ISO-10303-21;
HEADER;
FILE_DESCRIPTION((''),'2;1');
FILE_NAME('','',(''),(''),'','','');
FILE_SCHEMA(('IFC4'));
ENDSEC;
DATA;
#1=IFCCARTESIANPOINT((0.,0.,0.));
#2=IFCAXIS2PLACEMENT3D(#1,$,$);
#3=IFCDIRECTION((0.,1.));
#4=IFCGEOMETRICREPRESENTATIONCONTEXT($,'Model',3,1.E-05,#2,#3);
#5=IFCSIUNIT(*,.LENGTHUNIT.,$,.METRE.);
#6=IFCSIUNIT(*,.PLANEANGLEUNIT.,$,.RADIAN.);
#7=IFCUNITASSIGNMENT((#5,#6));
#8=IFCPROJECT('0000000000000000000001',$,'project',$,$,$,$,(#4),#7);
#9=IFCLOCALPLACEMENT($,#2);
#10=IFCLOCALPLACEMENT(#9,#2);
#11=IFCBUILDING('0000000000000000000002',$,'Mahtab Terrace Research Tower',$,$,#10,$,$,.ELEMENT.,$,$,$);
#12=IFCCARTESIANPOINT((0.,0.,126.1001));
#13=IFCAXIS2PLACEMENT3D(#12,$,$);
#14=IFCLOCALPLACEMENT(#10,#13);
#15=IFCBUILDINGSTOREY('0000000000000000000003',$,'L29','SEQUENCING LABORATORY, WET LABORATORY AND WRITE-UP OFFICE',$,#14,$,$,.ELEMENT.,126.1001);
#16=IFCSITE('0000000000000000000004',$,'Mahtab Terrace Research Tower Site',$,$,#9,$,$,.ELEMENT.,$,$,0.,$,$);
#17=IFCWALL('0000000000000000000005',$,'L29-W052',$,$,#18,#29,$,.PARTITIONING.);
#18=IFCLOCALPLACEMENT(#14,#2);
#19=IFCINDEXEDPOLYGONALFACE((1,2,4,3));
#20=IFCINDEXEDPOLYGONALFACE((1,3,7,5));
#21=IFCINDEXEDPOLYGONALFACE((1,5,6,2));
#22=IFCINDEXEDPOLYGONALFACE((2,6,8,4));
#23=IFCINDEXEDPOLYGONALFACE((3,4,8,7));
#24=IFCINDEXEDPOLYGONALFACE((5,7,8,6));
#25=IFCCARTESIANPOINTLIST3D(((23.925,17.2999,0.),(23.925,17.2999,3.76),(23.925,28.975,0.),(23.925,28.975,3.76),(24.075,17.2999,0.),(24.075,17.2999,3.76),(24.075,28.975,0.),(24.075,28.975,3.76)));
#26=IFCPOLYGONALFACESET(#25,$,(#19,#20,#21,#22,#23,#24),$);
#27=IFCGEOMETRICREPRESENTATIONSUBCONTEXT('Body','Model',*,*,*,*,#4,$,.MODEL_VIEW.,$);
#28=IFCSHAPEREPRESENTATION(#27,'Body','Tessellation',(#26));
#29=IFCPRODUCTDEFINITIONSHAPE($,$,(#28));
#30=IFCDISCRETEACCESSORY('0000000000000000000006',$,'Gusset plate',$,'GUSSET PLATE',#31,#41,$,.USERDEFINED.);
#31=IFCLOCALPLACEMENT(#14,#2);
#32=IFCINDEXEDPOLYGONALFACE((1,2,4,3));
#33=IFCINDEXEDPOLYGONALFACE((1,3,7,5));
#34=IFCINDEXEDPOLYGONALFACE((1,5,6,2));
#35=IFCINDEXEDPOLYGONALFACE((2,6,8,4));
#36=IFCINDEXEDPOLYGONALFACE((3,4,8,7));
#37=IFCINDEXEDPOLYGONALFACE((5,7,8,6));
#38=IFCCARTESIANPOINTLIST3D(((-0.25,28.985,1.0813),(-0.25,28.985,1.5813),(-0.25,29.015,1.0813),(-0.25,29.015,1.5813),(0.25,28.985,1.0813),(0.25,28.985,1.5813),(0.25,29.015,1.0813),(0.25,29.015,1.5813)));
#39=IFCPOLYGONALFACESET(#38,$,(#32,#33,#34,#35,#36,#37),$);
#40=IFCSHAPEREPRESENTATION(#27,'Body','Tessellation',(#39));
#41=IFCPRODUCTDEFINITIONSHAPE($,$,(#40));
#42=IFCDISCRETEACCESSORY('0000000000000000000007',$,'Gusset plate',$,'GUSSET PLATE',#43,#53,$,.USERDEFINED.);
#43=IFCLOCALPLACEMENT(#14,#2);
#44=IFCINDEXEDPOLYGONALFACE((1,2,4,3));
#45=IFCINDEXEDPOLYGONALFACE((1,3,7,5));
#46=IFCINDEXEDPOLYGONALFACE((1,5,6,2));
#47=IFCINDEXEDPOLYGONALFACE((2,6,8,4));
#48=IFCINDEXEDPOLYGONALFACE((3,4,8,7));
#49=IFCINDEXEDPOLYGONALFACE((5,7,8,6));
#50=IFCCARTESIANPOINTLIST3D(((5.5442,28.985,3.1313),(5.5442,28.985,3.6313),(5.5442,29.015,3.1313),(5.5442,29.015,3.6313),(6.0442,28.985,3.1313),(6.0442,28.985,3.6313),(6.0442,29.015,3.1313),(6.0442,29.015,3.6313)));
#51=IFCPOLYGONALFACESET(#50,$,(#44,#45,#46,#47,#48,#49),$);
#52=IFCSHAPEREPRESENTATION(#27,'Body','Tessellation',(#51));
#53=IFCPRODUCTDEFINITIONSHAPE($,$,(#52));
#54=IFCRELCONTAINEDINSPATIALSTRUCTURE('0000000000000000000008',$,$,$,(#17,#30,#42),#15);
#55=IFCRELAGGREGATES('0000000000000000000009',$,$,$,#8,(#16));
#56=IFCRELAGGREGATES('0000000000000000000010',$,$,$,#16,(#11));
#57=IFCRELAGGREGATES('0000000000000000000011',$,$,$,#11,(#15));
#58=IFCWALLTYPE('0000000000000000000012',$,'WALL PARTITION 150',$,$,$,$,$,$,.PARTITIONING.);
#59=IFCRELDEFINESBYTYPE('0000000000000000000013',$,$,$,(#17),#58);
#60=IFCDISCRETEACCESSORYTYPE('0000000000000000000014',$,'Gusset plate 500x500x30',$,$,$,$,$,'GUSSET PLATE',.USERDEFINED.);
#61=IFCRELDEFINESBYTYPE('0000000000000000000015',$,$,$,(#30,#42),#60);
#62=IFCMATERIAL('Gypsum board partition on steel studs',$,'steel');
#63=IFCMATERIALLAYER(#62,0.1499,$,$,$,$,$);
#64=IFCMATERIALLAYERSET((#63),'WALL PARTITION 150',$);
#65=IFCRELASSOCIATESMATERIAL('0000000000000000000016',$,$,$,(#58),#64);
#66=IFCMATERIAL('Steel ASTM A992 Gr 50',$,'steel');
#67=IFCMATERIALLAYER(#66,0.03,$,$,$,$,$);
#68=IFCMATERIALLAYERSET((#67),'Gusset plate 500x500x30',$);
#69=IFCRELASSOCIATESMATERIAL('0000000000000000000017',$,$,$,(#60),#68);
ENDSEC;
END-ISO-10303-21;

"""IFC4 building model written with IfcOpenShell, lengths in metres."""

from ifc_helpers import new_model, si_unit, direction, frame, frame_2d, origin, origin_2d, place, context, subcontext, project, spatial, rectangle, extrude, material, layer, layer_set, type_object, element, save


model = new_model("IFC4")

# Units and contexts
model_context = context("Model", 3, precision=1e-05, world=origin(), true_north=direction((0.0, 1.0)))
body_context = subcontext(model_context, "Body", "Model", "MODEL_VIEW")
ifc_project = project(units=[si_unit("LENGTHUNIT", "METRE"), si_unit("PLANEANGLEUNIT", "RADIAN")], contexts=[model_context])

# Site, building, storey
site_placement = place(None, origin())
site = spatial("IfcSite", under=ifc_project, at=site_placement, Name="Mahtab Terrace Research Tower Site", CompositionType="ELEMENT", RefElevation=0.0)
building_placement = place(site_placement, origin())
building = spatial("IfcBuilding", under=site, at=building_placement, Name="Mahtab Terrace Research Tower", CompositionType="ELEMENT")
storey_placement = place(building_placement, frame((0.0, 0.0, 126.1001)))
storey = spatial("IfcBuildingStorey", under=building, at=storey_placement, Name="L29", Description="SEQUENCING LABORATORY, WET LABORATORY AND WRITE-UP OFFICE", CompositionType="ELEMENT", Elevation=126.1001)

# Shared definitions
ifc_material_1 = material(Name="Steel ASTM A992 Gr 50", Category="steel")

# Wall
ifc_material_2 = material(Name="Gypsum board partition on steel studs", Category="steel")
ifc_layer_1 = layer(ifc_material_2, 0.1499)
ifc_layer_set_1 = layer_set([ifc_layer_1], Name="WALL PARTITION 150")
wall_type_1 = type_object("IfcWallType", Name="WALL PARTITION 150", PredefinedType="PARTITIONING", material=ifc_layer_set_1)
for number, where, z_axis, x_axis, name in (
    (1, (24.0, 17.3, 0.0), (0.0, 0.0, 1.0), (0.0, 1.0, 0.0), "L29-W052"),
):
    element("IfcWall", number, at=place(storey_placement, frame(where, z_axis=z_axis, x_axis=x_axis)), inside=storey, type_object=wall_type_1, Name=name, PredefinedType="PARTITIONING", context=body_context, shape_type="SweptSolid", body=[
        extrude(rectangle(XDim=11.675, YDim=0.1499, at=frame_2d((5.8374, 0.0))), origin(), (0.0, 0.0, 1.0), 3.76),
    ])

# Discrete accessories
ifc_layer_2 = layer(ifc_material_1, 0.03)
ifc_layer_set_2 = layer_set([ifc_layer_2], Name="Gusset plate 500x500x30")
discrete_accessory_type = type_object("IfcDiscreteAccessoryType", Name="Gusset plate 500x500x30", ElementType="GUSSET PLATE", PredefinedType="USERDEFINED", material=ifc_layer_set_2)
for number, where, z_axis, x_axis, name in (
    (2, (0.0, 29.0, 1.0813), (0.0, 0.0, 1.0), (1.0, 0.0, 0.0), "Gusset plate"),
    (3, (5.7942, 29.0, 3.1313), (0.0, 0.0, 1.0), (1.0, 0.0, 0.0), "Gusset plate"),
):
    element("IfcDiscreteAccessory", number, at=place(storey_placement, frame(where, z_axis=z_axis, x_axis=x_axis)), inside=storey, type_object=discrete_accessory_type, Name=name, ObjectType="GUSSET PLATE", PredefinedType="USERDEFINED", context=body_context, shape_type="SweptSolid", body=[
        extrude(rectangle(XDim=0.5, YDim=0.03, at=origin_2d()), origin(), (0.0, 0.0, 1.0), 0.5),
    ])

save(model, "model.ifc")
